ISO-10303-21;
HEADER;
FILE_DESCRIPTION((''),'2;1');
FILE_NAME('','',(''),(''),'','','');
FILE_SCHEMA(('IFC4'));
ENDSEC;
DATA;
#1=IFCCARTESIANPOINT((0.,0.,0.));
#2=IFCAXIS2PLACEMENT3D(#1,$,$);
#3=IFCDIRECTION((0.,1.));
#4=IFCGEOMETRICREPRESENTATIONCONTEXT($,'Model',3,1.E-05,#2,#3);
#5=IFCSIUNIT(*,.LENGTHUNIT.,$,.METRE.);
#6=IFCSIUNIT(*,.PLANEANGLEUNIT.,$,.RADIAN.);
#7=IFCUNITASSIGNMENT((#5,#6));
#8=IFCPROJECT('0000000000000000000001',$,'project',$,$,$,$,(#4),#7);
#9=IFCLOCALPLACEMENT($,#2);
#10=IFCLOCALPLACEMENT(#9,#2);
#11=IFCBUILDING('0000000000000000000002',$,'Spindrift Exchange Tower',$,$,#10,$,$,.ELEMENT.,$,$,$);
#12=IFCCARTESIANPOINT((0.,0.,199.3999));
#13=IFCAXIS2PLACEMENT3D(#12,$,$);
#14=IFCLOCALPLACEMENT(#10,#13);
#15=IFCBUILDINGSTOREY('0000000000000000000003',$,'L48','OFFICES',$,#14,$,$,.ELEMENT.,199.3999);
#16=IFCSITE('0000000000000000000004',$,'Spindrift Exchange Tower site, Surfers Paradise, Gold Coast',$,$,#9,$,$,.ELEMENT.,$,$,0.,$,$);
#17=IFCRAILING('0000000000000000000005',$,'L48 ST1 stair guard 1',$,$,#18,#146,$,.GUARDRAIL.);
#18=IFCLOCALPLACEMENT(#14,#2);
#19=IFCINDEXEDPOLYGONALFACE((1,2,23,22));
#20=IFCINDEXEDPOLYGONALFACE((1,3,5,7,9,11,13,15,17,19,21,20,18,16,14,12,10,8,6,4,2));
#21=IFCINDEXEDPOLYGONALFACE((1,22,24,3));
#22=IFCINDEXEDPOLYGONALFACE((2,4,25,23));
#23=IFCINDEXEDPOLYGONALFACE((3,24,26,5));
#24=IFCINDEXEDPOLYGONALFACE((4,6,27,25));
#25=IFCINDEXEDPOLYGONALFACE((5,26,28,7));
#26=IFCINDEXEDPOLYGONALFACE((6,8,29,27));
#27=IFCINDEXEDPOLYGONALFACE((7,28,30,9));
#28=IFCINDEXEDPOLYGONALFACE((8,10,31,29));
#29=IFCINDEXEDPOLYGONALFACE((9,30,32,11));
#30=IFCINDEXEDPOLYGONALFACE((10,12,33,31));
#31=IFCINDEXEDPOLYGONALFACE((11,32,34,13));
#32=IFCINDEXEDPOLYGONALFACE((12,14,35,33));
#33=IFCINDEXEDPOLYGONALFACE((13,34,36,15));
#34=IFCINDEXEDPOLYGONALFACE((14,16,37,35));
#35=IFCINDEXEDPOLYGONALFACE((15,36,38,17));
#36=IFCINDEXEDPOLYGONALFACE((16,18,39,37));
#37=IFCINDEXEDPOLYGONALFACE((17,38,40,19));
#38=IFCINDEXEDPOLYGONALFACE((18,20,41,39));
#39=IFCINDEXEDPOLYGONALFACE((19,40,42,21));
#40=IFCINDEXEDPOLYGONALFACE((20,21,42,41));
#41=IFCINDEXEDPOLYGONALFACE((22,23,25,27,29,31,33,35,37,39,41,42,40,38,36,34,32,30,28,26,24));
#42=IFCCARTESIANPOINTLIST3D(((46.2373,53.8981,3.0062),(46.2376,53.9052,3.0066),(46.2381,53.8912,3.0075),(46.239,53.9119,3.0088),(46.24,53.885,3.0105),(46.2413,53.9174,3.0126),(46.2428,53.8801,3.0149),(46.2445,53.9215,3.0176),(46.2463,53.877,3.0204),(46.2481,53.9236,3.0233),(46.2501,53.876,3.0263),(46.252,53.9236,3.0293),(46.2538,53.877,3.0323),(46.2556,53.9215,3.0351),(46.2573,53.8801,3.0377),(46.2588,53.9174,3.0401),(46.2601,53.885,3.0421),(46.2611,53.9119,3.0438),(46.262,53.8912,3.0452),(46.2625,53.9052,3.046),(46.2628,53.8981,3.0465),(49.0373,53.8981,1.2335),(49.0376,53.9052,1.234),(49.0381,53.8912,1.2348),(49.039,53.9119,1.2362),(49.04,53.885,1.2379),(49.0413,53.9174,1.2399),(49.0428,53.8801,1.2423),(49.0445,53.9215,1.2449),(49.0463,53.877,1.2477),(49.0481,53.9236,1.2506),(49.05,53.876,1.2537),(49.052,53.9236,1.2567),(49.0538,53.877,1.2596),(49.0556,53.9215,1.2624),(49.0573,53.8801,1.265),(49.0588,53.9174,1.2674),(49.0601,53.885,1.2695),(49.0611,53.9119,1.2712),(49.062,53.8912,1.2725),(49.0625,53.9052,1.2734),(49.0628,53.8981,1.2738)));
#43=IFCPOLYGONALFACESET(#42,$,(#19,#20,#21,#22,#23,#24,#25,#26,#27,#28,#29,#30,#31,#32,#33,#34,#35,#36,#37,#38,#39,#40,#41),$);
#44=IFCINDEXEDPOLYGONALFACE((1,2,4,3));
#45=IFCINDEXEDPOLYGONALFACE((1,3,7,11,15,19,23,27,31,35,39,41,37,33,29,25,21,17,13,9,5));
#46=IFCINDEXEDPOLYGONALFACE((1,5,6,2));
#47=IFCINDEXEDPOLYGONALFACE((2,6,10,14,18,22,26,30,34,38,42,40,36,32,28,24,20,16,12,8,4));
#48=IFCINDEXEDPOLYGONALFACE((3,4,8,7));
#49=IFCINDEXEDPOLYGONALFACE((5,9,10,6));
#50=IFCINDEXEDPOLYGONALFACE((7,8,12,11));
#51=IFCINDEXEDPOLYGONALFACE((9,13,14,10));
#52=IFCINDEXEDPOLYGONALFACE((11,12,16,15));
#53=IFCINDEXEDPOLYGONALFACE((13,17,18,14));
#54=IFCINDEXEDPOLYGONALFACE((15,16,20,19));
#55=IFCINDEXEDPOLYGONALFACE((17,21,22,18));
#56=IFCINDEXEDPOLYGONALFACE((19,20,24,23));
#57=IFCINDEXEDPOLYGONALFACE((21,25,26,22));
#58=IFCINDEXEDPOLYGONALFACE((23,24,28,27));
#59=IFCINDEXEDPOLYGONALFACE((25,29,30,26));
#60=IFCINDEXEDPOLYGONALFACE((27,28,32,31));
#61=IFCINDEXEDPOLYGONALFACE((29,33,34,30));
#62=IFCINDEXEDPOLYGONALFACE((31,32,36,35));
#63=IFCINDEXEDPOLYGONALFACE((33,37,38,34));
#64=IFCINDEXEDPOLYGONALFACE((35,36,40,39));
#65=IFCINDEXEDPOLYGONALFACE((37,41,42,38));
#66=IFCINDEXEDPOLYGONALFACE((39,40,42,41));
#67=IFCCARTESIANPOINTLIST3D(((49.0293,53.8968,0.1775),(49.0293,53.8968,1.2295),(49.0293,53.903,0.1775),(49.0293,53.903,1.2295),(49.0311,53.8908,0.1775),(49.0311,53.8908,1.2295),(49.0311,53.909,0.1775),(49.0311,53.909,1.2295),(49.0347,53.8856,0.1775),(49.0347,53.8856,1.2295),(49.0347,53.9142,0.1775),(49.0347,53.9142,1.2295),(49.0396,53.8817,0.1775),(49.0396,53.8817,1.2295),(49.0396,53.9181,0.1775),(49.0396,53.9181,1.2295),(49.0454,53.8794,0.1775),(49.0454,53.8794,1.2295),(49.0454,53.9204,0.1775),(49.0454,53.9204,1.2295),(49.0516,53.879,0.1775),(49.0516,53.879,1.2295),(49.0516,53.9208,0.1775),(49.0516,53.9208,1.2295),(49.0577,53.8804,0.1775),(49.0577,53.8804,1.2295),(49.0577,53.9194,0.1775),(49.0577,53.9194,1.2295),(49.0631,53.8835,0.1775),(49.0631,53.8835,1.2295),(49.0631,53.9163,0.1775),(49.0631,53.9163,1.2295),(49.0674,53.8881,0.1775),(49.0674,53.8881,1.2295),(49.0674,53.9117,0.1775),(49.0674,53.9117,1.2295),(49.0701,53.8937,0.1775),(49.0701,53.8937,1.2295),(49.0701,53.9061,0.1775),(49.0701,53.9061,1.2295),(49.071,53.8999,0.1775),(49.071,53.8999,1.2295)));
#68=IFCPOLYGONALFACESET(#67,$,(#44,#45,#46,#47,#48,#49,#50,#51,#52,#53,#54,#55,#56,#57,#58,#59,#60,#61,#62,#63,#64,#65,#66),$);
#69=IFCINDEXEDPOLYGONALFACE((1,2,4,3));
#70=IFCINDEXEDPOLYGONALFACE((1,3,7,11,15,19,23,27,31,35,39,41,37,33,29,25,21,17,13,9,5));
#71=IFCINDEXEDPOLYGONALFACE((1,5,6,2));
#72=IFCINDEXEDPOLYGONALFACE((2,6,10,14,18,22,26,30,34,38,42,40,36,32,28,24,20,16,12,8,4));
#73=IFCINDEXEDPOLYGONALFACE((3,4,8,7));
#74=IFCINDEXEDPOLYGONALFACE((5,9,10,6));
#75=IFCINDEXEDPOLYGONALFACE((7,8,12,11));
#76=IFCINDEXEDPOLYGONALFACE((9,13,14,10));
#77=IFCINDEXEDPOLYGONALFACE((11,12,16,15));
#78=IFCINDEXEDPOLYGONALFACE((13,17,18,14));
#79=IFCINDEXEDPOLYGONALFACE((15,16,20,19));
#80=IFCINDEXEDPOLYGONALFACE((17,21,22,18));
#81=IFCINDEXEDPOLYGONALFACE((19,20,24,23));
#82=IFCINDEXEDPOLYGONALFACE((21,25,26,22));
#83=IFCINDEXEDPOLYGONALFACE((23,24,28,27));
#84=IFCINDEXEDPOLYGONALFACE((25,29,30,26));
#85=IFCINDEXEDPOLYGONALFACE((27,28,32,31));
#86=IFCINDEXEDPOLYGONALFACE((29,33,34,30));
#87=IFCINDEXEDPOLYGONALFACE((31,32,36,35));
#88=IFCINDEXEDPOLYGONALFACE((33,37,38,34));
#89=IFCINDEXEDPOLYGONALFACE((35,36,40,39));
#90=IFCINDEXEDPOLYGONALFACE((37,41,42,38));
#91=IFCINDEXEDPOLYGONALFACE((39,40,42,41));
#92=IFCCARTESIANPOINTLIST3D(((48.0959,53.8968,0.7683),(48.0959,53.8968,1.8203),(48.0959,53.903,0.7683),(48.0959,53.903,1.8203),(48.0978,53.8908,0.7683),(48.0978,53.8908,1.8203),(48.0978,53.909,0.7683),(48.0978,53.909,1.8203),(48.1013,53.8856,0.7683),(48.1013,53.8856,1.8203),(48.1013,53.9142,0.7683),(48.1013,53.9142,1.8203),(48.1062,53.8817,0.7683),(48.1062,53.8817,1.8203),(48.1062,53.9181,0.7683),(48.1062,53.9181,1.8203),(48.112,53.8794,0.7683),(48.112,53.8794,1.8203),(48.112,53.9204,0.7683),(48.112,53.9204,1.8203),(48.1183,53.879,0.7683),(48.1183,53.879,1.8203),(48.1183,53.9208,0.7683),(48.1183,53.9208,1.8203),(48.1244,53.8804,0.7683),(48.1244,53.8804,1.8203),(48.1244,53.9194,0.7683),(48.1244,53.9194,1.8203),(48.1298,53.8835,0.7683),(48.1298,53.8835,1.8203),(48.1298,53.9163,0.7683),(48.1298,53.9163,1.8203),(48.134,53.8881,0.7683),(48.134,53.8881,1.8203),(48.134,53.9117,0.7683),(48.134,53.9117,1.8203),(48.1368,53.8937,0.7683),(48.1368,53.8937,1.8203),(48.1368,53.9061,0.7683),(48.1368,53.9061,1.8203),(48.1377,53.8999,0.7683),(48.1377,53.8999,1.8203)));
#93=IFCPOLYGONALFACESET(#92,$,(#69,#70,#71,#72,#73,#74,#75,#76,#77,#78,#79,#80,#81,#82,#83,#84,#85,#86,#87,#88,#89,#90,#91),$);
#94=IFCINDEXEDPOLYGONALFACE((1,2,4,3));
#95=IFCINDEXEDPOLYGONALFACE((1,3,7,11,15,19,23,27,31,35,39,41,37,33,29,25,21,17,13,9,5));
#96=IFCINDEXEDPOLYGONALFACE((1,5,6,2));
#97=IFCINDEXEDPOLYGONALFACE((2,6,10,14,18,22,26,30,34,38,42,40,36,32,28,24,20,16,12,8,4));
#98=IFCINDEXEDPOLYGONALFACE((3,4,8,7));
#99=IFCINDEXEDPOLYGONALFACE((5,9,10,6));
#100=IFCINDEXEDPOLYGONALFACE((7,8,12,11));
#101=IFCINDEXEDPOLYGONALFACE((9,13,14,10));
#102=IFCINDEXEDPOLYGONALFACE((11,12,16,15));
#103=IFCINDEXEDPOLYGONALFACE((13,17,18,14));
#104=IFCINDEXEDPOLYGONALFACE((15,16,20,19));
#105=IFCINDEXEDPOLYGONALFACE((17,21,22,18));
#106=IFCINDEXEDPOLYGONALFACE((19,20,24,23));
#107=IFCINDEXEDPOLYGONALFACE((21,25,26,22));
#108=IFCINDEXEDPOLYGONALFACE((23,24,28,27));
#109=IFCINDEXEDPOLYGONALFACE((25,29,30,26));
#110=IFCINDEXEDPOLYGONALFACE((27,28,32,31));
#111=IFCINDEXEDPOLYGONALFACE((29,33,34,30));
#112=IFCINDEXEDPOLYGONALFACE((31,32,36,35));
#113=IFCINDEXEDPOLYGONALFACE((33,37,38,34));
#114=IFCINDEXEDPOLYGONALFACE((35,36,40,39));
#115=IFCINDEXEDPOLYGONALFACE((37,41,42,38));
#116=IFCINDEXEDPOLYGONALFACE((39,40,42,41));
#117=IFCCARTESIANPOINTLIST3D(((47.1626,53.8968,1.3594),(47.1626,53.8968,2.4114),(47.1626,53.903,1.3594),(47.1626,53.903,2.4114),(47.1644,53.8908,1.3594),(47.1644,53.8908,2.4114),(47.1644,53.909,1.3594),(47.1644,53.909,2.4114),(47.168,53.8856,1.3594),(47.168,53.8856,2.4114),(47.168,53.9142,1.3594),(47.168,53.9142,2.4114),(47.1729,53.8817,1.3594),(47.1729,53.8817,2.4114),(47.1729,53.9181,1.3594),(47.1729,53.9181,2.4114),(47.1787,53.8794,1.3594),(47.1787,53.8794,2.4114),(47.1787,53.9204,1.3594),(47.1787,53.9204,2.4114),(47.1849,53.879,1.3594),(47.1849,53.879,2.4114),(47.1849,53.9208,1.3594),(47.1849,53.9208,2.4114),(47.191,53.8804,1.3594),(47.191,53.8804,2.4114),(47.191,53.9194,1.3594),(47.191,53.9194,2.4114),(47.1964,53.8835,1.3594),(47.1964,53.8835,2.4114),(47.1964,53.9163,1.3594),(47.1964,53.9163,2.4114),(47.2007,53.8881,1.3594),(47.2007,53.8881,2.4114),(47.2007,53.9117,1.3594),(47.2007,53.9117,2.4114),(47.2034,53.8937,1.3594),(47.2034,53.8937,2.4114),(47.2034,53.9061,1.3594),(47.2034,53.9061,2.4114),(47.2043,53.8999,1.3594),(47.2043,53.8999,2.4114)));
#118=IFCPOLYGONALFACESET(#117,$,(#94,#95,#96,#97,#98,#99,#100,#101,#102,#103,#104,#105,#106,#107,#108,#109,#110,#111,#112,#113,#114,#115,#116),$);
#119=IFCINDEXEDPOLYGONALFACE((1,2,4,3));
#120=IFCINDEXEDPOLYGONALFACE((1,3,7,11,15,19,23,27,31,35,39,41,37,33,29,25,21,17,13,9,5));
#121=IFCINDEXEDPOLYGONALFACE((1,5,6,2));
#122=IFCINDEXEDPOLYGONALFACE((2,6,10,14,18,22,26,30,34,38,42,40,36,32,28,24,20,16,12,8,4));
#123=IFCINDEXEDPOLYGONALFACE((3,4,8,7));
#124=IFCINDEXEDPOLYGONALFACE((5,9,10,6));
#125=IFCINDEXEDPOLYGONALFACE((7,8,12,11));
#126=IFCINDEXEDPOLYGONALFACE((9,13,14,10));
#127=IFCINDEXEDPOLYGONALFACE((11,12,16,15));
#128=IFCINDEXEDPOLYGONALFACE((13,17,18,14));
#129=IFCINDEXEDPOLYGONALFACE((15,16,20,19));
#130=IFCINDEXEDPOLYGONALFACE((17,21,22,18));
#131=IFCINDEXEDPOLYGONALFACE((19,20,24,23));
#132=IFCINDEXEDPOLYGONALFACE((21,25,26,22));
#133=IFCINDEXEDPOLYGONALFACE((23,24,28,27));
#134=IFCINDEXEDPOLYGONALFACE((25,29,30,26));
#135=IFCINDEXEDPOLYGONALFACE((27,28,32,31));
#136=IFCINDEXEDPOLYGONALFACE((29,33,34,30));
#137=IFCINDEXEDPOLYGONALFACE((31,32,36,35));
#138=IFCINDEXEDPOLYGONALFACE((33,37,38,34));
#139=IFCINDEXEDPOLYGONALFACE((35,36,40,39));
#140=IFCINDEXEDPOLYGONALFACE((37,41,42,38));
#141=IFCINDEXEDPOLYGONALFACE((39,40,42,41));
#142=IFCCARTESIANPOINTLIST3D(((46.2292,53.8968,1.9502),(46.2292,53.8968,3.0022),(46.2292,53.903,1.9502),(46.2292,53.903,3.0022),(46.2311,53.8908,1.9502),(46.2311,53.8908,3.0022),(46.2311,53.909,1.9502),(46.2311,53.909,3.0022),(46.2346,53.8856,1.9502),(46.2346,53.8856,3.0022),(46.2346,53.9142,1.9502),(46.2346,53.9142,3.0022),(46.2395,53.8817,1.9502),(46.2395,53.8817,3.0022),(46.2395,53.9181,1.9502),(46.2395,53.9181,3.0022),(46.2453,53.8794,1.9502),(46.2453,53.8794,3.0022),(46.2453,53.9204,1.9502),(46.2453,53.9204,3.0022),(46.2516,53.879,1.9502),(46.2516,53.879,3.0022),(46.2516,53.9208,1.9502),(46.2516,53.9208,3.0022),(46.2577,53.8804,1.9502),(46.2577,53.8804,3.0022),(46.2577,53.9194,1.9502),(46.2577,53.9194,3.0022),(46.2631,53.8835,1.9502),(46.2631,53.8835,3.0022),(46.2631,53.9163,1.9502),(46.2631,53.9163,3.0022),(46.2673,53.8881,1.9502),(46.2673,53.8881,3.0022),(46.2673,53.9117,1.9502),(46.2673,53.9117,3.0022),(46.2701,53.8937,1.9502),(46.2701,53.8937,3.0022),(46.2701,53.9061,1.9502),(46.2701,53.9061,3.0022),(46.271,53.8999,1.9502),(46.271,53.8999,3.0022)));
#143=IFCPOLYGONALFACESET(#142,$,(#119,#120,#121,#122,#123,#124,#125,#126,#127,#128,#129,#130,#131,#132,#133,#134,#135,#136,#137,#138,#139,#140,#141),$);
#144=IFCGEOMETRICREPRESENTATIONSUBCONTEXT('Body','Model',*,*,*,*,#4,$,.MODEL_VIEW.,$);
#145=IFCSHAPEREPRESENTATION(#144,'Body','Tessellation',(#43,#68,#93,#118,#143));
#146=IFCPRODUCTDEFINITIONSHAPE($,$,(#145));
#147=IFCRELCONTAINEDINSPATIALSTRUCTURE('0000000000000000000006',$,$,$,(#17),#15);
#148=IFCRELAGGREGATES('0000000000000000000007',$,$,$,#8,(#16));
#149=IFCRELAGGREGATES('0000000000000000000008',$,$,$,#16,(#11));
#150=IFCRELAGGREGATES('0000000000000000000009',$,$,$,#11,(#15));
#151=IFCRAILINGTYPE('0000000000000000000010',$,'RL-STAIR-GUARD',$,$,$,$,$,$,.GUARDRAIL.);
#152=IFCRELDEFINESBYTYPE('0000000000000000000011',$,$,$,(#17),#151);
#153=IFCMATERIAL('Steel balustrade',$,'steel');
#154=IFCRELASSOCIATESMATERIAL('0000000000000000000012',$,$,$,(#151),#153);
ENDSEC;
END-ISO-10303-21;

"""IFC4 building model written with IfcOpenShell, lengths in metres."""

from ifc_helpers import new_model, si_unit, direction, frame, origin, origin_2d, place, context, subcontext, project, spatial, circle, extrude, material, type_object, element, save


model = new_model("IFC4")

# Units and contexts
model_context = context("Model", 3, precision=1e-05, world=origin(), true_north=direction((0.0, 1.0)))
body_context = subcontext(model_context, "Body", "Model", "MODEL_VIEW")
ifc_project = project(units=[si_unit("LENGTHUNIT", "METRE"), si_unit("PLANEANGLEUNIT", "RADIAN")], contexts=[model_context])

# Site, building, storey
site_placement = place(None, origin())
site = spatial("IfcSite", under=ifc_project, at=site_placement, Name="Spindrift Exchange Tower site, Surfers Paradise, Gold Coast", CompositionType="ELEMENT", RefElevation=0.0)
building_placement = place(site_placement, origin())
building = spatial("IfcBuilding", under=site, at=building_placement, Name="Spindrift Exchange Tower", CompositionType="ELEMENT")
storey_placement = place(building_placement, frame((0.0, 0.0, 199.3999)))
storey = spatial("IfcBuildingStorey", under=building, at=storey_placement, Name="L48", Description="OFFICES", CompositionType="ELEMENT", Elevation=199.3999)

# Railing
ifc_material_1 = material(Name="Steel balustrade", Category="steel")
railing_type_1 = type_object("IfcRailingType", Name="RL-STAIR-GUARD", PredefinedType="GUARDRAIL", material=ifc_material_1)
railing_1_placement = place(storey_placement, frame((49.05, 53.8999, 0.1775)))
element("IfcRailing", 1, at=railing_1_placement, inside=storey, type_object=railing_type_1, Name="L48 ST1 stair guard 1", PredefinedType="GUARDRAIL", context=body_context, shape_type="SweptSolid", body=[
    extrude(circle(Radius=0.0239, at=origin_2d()), frame((0.0, 0.0, 1.0762), z_axis=(-0.844909, 0.0, 0.53491), x_axis=(0.0, -1.0, 0.0)), (0.0, 0.0, 1.0), 3.314),
    extrude(circle(Radius=0.021, at=origin_2d()), origin(), (0.0, 0.0, 1.0), 1.052),
    extrude(circle(Radius=0.021, at=origin_2d()), frame((-0.9333, 0.0, 0.5908)), (0.0, 0.0, 1.0), 1.052),
    extrude(circle(Radius=0.021, at=origin_2d()), frame((-1.8667, 0.0, 1.1819)), (0.0, 0.0, 1.0), 1.052),
    extrude(circle(Radius=0.021, at=origin_2d()), frame((-2.8, 0.0, 1.7727)), (0.0, 0.0, 1.0), 1.052),
])

save(model, "model.ifc")
